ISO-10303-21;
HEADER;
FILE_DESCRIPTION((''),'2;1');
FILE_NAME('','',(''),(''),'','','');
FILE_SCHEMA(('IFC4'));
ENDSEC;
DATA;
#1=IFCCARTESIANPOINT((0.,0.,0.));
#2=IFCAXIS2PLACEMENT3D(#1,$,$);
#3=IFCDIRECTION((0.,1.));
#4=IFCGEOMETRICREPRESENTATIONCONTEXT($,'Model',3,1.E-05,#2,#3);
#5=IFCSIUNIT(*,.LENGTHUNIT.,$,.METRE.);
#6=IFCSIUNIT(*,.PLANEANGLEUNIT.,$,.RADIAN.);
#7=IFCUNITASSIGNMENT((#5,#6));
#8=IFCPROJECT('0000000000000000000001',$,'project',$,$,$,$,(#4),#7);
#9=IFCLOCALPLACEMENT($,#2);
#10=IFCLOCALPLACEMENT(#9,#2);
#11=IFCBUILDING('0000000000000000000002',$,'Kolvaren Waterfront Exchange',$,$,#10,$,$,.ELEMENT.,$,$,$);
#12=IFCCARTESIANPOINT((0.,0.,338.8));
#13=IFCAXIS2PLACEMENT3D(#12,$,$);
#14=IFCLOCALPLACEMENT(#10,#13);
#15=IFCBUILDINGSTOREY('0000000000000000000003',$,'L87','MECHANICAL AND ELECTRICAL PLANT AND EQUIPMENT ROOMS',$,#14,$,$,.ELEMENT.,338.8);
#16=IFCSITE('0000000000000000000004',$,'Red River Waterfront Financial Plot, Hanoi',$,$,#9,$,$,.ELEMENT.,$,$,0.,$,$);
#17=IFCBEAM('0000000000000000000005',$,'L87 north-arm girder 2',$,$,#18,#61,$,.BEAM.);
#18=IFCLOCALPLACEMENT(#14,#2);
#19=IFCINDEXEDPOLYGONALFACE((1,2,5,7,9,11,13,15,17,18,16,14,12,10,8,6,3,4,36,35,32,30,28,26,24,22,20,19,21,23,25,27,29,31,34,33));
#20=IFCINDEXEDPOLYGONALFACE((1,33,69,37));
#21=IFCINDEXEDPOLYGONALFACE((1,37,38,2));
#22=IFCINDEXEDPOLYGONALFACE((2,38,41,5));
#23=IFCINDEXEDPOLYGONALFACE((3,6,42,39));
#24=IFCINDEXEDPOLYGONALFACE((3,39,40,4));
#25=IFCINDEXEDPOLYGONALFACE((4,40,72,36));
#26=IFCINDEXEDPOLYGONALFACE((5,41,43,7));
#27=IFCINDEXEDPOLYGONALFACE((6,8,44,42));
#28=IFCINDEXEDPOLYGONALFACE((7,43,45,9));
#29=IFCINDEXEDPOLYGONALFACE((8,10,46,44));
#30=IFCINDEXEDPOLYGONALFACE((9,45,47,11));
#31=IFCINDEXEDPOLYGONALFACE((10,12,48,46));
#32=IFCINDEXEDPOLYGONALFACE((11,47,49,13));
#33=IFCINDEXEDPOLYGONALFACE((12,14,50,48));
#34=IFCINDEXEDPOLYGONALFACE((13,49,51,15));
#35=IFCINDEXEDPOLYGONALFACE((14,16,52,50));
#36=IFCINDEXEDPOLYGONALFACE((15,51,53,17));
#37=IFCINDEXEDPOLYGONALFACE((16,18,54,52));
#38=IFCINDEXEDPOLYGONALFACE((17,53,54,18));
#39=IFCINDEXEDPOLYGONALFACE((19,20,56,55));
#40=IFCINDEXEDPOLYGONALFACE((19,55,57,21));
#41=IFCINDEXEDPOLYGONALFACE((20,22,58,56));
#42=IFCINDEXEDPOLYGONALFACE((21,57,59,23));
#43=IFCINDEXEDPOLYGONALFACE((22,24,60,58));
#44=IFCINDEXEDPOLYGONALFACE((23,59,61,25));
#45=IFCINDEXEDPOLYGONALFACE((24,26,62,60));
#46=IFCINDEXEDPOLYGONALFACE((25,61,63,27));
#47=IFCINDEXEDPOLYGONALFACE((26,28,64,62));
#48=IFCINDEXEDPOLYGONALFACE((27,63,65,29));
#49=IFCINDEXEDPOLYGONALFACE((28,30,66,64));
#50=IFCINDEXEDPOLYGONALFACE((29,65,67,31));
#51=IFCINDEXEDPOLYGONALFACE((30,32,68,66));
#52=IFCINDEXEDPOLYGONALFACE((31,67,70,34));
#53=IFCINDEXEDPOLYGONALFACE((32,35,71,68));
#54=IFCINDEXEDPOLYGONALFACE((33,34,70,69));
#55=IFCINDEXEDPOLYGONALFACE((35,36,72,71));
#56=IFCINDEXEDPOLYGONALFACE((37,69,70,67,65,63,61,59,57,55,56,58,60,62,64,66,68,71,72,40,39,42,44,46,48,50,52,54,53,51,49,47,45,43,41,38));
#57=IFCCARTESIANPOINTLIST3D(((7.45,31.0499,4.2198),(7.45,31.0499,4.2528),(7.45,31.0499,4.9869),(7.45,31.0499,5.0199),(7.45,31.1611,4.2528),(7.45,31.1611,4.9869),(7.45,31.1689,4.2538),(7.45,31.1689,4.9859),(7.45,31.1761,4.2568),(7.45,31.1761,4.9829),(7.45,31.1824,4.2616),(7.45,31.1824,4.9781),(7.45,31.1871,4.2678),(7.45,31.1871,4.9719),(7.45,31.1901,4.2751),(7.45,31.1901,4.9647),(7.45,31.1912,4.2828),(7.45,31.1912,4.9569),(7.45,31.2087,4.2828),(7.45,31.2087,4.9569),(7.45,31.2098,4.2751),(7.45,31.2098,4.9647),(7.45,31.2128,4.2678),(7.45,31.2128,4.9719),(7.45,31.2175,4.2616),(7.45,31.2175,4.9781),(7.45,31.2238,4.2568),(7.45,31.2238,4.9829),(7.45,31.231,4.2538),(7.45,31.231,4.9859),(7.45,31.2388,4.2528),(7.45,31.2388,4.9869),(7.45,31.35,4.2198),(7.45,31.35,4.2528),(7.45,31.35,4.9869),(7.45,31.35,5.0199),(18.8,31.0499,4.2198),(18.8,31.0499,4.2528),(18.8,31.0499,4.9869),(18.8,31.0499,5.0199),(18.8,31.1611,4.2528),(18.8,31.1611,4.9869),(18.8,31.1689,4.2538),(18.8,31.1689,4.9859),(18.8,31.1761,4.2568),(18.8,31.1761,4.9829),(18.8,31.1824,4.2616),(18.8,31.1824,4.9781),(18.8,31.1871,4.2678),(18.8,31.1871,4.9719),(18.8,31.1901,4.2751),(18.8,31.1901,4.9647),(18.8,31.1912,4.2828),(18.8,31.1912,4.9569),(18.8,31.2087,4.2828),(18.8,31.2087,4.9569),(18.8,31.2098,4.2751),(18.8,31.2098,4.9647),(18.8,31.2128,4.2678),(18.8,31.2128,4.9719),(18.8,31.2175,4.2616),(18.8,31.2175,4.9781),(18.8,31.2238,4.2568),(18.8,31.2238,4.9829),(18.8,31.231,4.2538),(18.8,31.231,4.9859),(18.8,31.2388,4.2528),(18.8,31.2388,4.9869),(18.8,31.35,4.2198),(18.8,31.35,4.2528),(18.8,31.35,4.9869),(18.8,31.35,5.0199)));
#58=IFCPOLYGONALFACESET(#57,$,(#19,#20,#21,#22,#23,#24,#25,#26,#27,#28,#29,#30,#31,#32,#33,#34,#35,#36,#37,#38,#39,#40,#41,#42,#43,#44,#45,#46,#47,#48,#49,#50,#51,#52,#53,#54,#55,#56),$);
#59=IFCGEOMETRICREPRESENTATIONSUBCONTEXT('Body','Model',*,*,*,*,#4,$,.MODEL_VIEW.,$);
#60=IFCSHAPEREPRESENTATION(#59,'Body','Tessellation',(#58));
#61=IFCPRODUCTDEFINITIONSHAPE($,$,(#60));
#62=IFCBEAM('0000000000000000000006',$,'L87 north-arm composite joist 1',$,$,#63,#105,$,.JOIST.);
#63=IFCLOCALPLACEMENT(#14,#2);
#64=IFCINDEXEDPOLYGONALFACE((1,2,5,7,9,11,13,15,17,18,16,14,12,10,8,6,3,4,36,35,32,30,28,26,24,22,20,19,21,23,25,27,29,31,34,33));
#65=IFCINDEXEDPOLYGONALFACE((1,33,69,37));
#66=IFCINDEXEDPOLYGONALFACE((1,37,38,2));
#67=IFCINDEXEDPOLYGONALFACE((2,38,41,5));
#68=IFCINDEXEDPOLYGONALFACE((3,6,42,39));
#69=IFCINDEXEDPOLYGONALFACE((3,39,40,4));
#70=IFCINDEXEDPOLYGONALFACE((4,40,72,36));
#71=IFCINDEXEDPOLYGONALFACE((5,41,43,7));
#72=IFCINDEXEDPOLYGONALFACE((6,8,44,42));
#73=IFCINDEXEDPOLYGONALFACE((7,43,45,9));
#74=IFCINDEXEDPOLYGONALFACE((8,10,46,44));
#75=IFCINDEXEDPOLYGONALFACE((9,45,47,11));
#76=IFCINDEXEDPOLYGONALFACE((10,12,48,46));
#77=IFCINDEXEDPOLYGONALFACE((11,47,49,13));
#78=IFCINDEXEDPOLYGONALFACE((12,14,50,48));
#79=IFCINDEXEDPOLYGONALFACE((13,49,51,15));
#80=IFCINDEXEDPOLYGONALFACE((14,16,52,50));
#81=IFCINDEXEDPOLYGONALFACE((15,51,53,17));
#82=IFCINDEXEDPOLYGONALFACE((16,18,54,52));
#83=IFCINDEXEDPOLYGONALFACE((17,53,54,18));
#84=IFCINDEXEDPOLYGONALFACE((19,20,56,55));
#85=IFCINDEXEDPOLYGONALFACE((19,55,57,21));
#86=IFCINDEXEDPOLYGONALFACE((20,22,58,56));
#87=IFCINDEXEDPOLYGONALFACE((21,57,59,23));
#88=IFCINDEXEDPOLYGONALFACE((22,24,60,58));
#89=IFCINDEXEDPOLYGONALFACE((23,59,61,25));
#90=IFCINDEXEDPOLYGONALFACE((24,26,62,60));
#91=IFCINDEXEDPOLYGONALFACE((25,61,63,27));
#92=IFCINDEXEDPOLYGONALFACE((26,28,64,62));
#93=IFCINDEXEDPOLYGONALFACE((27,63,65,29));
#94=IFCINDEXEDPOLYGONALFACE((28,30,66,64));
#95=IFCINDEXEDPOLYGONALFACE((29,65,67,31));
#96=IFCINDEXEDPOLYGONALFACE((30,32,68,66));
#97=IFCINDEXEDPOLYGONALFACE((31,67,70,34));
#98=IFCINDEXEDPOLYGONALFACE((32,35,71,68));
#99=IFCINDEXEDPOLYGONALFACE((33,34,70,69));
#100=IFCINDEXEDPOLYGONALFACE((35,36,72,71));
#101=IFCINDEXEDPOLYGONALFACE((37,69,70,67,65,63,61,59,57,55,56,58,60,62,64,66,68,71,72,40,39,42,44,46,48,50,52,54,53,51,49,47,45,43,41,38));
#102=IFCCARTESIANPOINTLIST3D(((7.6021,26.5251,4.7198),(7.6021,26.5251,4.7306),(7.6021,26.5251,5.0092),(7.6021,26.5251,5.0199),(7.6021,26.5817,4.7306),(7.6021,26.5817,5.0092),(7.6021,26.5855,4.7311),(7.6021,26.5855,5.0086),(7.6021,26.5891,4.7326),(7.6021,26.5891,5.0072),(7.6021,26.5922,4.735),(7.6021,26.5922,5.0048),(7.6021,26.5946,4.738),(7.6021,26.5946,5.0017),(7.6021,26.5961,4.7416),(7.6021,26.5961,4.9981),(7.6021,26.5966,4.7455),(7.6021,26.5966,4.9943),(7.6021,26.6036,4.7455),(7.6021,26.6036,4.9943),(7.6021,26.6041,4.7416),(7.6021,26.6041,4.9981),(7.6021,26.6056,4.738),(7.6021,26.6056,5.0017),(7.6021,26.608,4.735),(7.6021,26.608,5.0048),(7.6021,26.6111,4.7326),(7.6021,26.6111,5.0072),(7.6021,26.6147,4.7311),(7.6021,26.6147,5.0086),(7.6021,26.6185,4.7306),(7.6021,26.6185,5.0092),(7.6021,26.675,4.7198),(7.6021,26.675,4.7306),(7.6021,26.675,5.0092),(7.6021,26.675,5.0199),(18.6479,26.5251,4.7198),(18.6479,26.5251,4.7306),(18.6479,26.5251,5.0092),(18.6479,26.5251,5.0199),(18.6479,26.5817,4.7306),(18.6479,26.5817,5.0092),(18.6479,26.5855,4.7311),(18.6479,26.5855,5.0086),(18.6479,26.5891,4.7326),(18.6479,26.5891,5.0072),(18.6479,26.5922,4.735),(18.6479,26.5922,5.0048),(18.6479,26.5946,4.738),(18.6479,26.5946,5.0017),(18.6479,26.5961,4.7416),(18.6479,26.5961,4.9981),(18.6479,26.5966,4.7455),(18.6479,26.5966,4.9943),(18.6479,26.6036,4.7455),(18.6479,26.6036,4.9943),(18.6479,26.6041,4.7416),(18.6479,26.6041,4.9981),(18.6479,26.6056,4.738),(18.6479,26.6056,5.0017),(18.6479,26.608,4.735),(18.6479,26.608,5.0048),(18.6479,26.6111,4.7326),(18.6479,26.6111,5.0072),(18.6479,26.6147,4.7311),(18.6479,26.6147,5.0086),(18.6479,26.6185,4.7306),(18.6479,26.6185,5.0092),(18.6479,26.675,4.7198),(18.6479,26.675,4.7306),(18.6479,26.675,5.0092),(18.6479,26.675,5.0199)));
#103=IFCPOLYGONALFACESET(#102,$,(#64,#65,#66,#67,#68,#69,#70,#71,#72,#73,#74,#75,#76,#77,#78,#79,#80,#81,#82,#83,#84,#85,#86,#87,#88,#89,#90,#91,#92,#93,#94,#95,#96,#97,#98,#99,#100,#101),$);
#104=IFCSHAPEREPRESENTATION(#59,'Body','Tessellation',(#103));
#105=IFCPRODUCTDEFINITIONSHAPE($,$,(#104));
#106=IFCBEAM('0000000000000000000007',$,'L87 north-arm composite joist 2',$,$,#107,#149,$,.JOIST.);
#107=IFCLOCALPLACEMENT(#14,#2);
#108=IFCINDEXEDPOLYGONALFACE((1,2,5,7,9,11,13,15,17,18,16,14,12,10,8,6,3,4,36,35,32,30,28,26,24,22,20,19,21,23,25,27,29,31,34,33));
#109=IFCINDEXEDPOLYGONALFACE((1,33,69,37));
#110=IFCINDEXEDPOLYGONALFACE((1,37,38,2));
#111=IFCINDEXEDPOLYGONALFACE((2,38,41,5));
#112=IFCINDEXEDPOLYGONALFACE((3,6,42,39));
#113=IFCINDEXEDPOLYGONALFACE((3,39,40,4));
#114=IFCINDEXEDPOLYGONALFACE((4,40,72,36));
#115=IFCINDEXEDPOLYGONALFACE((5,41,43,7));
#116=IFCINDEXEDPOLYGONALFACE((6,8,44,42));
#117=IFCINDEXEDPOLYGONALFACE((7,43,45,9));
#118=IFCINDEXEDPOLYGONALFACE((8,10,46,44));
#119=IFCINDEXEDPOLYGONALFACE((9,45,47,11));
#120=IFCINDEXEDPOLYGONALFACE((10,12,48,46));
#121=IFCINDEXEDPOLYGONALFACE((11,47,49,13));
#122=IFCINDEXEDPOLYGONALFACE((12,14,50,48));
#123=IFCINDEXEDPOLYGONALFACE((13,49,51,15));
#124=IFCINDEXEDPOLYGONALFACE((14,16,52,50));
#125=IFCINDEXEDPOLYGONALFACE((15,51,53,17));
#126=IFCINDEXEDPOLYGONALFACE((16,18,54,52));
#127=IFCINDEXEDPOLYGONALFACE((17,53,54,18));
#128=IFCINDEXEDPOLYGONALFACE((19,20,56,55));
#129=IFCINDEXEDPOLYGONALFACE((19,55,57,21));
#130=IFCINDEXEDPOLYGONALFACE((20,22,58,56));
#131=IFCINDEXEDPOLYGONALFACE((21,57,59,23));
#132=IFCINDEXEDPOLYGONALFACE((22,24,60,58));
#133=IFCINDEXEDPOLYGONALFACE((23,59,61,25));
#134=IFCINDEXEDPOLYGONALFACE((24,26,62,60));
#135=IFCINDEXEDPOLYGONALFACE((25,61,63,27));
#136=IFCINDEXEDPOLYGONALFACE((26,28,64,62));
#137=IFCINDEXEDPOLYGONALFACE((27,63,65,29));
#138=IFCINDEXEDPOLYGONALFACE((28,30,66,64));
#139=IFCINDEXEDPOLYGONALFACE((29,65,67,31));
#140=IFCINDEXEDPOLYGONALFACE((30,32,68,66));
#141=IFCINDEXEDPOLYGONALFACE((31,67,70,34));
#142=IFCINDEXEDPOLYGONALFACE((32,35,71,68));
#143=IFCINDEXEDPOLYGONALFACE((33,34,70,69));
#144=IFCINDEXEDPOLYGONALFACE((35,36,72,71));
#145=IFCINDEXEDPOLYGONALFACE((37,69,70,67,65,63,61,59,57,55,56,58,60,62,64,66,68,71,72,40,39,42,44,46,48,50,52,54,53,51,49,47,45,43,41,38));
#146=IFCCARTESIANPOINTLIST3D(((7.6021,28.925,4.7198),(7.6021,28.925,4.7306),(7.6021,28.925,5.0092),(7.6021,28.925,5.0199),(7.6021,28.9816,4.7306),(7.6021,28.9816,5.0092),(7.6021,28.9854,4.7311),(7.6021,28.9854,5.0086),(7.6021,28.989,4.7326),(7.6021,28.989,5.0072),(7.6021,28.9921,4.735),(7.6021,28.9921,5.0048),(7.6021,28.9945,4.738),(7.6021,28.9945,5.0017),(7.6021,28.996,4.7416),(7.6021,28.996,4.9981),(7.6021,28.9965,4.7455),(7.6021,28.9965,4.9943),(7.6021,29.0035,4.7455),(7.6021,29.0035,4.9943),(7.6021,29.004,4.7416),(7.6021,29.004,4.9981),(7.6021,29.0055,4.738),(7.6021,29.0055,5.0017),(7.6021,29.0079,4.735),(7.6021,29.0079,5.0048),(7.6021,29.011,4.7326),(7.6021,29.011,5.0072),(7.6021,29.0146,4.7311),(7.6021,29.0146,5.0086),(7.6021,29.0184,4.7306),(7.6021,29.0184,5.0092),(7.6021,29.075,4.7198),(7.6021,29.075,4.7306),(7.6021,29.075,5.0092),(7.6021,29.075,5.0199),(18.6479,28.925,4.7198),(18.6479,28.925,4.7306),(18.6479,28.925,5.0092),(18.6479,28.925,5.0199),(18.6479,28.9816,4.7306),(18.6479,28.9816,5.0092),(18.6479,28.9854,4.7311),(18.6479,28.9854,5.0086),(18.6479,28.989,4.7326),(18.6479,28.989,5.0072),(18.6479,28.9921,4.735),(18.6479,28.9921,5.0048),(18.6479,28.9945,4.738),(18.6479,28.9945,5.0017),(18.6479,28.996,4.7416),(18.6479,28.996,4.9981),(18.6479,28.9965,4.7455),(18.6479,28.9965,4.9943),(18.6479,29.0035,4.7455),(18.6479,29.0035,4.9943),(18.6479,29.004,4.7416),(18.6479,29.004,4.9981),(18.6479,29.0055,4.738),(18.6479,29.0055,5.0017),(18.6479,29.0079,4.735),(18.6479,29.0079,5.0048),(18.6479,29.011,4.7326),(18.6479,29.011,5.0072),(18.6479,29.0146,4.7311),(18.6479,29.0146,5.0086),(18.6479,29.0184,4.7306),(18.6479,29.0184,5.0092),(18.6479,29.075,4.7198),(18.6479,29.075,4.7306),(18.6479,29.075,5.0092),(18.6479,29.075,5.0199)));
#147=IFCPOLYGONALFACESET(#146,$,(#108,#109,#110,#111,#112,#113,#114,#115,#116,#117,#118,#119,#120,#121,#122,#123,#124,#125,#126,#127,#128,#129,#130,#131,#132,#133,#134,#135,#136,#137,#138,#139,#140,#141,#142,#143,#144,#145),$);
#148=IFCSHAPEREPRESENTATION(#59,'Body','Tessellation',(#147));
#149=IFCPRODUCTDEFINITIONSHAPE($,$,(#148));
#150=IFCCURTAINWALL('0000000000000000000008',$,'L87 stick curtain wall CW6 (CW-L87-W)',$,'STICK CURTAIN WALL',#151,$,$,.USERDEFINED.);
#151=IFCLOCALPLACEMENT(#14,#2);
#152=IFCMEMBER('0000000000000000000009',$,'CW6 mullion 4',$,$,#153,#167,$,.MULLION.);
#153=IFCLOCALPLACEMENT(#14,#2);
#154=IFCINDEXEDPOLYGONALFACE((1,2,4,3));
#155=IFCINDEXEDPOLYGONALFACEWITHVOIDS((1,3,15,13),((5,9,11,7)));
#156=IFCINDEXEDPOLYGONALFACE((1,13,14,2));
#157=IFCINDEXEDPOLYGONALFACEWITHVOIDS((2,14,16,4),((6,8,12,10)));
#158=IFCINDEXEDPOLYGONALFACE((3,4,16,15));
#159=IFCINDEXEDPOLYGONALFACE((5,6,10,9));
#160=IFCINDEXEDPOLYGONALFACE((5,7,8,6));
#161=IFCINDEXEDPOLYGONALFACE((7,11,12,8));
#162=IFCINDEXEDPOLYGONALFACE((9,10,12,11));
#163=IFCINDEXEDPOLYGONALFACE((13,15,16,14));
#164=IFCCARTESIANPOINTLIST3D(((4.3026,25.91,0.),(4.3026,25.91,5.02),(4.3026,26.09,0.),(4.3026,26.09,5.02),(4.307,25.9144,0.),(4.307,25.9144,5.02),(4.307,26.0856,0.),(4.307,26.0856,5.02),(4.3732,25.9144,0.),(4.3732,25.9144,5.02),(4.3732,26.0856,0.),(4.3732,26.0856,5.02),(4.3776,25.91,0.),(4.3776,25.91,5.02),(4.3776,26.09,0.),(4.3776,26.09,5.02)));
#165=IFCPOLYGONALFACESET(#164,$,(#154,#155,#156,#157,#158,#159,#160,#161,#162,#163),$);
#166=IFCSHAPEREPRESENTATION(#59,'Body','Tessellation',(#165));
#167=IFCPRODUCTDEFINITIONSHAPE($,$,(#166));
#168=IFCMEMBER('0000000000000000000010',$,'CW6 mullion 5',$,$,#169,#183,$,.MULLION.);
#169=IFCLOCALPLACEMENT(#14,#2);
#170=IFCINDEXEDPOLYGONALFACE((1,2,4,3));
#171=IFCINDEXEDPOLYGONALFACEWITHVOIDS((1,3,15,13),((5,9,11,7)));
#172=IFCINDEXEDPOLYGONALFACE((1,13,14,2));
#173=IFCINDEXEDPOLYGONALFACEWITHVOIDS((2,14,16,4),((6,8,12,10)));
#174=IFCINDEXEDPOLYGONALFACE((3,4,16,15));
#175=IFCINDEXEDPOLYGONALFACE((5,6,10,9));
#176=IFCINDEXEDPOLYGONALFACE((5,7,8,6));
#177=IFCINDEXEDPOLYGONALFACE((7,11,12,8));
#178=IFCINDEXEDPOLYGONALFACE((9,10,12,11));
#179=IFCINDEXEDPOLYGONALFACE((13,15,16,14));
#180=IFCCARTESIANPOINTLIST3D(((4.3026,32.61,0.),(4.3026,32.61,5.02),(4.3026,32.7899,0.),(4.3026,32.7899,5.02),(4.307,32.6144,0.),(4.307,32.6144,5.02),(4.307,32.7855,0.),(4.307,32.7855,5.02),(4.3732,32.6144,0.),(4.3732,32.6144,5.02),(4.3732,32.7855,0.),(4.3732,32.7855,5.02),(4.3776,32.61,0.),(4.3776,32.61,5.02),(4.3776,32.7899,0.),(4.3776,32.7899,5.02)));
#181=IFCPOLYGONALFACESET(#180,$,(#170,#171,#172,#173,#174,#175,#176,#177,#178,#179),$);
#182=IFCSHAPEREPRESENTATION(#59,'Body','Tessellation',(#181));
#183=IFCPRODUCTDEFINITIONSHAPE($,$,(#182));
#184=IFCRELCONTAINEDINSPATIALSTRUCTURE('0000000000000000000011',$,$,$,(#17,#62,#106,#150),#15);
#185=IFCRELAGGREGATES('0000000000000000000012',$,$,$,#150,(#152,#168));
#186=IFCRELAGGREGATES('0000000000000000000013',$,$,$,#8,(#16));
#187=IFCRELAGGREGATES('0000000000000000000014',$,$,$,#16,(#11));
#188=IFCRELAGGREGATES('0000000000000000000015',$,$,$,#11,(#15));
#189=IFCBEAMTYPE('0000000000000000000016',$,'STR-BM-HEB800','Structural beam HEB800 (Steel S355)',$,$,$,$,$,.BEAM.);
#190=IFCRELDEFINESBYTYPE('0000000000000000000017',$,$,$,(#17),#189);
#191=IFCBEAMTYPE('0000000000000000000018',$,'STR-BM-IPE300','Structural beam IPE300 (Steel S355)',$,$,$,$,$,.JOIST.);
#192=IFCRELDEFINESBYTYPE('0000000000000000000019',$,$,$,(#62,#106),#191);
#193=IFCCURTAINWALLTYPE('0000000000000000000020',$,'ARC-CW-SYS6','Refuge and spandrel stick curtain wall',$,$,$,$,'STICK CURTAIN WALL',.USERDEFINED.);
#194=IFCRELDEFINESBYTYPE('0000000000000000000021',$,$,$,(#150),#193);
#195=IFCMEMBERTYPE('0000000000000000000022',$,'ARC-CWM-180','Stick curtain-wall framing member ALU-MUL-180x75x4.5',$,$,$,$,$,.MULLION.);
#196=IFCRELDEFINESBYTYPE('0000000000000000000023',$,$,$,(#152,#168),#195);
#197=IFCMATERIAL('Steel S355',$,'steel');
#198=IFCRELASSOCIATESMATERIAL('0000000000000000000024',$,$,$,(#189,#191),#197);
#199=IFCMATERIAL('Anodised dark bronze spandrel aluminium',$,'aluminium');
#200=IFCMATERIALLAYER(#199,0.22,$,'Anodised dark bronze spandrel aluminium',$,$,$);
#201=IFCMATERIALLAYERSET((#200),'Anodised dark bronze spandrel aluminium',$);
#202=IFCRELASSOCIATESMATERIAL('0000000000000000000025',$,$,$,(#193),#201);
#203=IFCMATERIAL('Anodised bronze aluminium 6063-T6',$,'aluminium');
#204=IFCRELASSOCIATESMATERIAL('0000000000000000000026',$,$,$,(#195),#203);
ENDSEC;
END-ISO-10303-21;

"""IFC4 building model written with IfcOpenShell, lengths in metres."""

from ifc_helpers import new_model, si_unit, direction, frame, origin, origin_with_axes, origin_2d, place, context, subcontext, project, spatial, hollow_rectangle, i_section, extrude, source, transform, mapped, material, layer, layer_set, material_profile, profile_set, type_object, element, aggregate, save


model = new_model("IFC4")

# Units and contexts
model_context = context("Model", 3, precision=1e-05, world=origin(), true_north=direction((0.0, 1.0)))
body_context = subcontext(model_context, "Body", "Model", "MODEL_VIEW")
ifc_project = project(units=[si_unit("LENGTHUNIT", "METRE"), si_unit("PLANEANGLEUNIT", "RADIAN")], contexts=[model_context])

# Site, building, storey
site_placement = place(None, origin())
site = spatial("IfcSite", under=ifc_project, at=site_placement, Name="Red River Waterfront Financial Plot, Hanoi", CompositionType="ELEMENT", RefElevation=0.0)
building_placement = place(site_placement, origin())
building = spatial("IfcBuilding", under=site, at=building_placement, Name="Kolvaren Waterfront Exchange", CompositionType="ELEMENT")
storey_placement = place(building_placement, frame((0.0, 0.0, 338.8)))
storey = spatial("IfcBuildingStorey", under=building, at=storey_placement, Name="L87", Description="MECHANICAL AND ELECTRICAL PLANT AND EQUIPMENT ROOMS", CompositionType="ELEMENT", Elevation=338.8)

# Beams
ifc_material_1 = material(Name="Steel S355", Category="steel")
ifc_material_profile_1 = material_profile(ifc_material_1, i_section(OverallWidth=0.3, OverallDepth=0.8, WebThickness=0.0176, FlangeThickness=0.033, FilletRadius=0.03, at=origin_2d()), Name="HEB800")
ifc_profile_set_1 = profile_set([ifc_material_profile_1], Name="Steel S355")
beam_type_1 = type_object("IfcBeamType", Name="STR-BM-HEB800", Description="Structural beam HEB800 (Steel S355)", PredefinedType="BEAM", material=ifc_profile_set_1)
beam_1_placement = place(storey_placement, frame((7.45, 31.2, 4.6199), z_axis=(1.0, 0.0, 0.0), x_axis=(0.0, 1.0, 0.0)))
element("IfcBeam", 1, at=beam_1_placement, inside=storey, type_object=beam_type_1, Name="L87 north-arm girder 2", PredefinedType="BEAM", context=body_context, shape_type="SweptSolid", body=[
    extrude(i_section(OverallWidth=0.3, OverallDepth=0.8, WebThickness=0.0176, FlangeThickness=0.033, FilletRadius=0.03, at=origin_2d()), origin(), (0.0, 0.0, 1.0), 11.3501),
])
ifc_material_profile_2 = material_profile(ifc_material_1, i_section(OverallWidth=0.1499, OverallDepth=0.3, WebThickness=0.0071, FlangeThickness=0.0107, FilletRadius=0.0149, at=origin_2d()), Name="IPE300")
ifc_profile_set_2 = profile_set([ifc_material_profile_2], Name="Steel S355")
beam_type_2 = type_object("IfcBeamType", Name="STR-BM-IPE300", Description="Structural beam IPE300 (Steel S355)", PredefinedType="JOIST", material=ifc_profile_set_2)
for number, where, z_axis, x_axis, name in (
    (2, (7.6021, 26.6001, 4.8699), (1.0, 0.0, 0.0), (0.0, 1.0, 0.0), "L87 north-arm composite joist 1"),
    (3, (7.6021, 29.0, 4.8699), (1.0, 0.0, 0.0), (0.0, 1.0, 0.0), "L87 north-arm composite joist 2"),
):
    element("IfcBeam", number, at=place(storey_placement, frame(where, z_axis=z_axis, x_axis=x_axis)), inside=storey, type_object=beam_type_2, Name=name, PredefinedType="JOIST", context=body_context, shape_type="SweptSolid", body=[
        extrude(i_section(OverallWidth=0.1499, OverallDepth=0.3, WebThickness=0.0071, FlangeThickness=0.0107, FilletRadius=0.0149, at=origin_2d()), origin(), (0.0, 0.0, 1.0), 11.0459),
    ])

# Curtain wall, members
ifc_material_2 = material(Name="Anodised dark bronze spandrel aluminium", Category="aluminium")
ifc_layer_1 = layer(ifc_material_2, 0.22, Name="Anodised dark bronze spandrel aluminium")
ifc_layer_set_1 = layer_set([ifc_layer_1], Name="Anodised dark bronze spandrel aluminium")
curtain_wall_type = type_object("IfcCurtainWallType", Name="ARC-CW-SYS6", Description="Refuge and spandrel stick curtain wall", ElementType="STICK CURTAIN WALL", PredefinedType="USERDEFINED", material=ifc_layer_set_1)
curtain_wall_placement = place(storey_placement, origin())
curtain_wall = element("IfcCurtainWall", 4, at=curtain_wall_placement, inside=storey, type_object=curtain_wall_type, Name="L87 stick curtain wall CW6 (CW-L87-W)", ObjectType="STICK CURTAIN WALL", PredefinedType="USERDEFINED")
ifc_material_3 = material(Name="Anodised bronze aluminium 6063-T6", Category="aluminium")
ifc_material_profile_3 = material_profile(ifc_material_3, hollow_rectangle(XDim=0.075, YDim=0.1799, WallThickness=0.0044, at=origin_2d()), Name="ALU-MUL-180x75x4.5")
ifc_profile_set_3 = profile_set([ifc_material_profile_3], Name="Anodised bronze aluminium 6063-T6")
member_type_1 = type_object("IfcMemberType", Name="ARC-CWM-180", Description="Stick curtain-wall framing member ALU-MUL-180x75x4.5", PredefinedType="MULLION", material=ifc_profile_set_3)
shared_shape_1 = source(origin_with_axes(), body_context, "Body", "SweptSolid", [
    extrude(hollow_rectangle(XDim=0.075, YDim=0.1799, WallThickness=0.0044, at=origin_2d()), origin(), (0.0, 0.0, 1.0), 5.02),
])
member_1_placement = place(storey_placement, frame((4.3401, 26.0, 0.0), z_axis=(0.0, 0.0, 1.0), x_axis=(-1.0, 0.0, 0.0)))
member_1 = element("IfcMember", 5, at=member_1_placement, type_object=member_type_1, Name="CW6 mullion 4", PredefinedType="MULLION", context=body_context, shape_type="MappedRepresentation", body=[
    mapped(shared_shape_1, transform((0.0, 0.0, 0.0), x_axis=(1.0, 0.0, 0.0), y_axis=(0.0, 1.0, 0.0), z_axis=(0.0, 0.0, 1.0), scale=1.0)),
])
member_2_placement = place(storey_placement, frame((4.3401, 32.7, 0.0), z_axis=(0.0, 0.0, 1.0), x_axis=(-1.0, 0.0, 0.0)))
member_2 = element("IfcMember", 6, at=member_2_placement, type_object=member_type_1, Name="CW6 mullion 5", PredefinedType="MULLION", context=body_context, shape_type="MappedRepresentation", body=[
    mapped(shared_shape_1, transform((0.0, 0.0, 0.0), x_axis=(1.0, 0.0, 0.0), y_axis=(0.0, 1.0, 0.0), z_axis=(0.0, 0.0, 1.0), scale=1.0)),
])
aggregate(curtain_wall, [member_1, member_2])

save(model, "model.ifc")
